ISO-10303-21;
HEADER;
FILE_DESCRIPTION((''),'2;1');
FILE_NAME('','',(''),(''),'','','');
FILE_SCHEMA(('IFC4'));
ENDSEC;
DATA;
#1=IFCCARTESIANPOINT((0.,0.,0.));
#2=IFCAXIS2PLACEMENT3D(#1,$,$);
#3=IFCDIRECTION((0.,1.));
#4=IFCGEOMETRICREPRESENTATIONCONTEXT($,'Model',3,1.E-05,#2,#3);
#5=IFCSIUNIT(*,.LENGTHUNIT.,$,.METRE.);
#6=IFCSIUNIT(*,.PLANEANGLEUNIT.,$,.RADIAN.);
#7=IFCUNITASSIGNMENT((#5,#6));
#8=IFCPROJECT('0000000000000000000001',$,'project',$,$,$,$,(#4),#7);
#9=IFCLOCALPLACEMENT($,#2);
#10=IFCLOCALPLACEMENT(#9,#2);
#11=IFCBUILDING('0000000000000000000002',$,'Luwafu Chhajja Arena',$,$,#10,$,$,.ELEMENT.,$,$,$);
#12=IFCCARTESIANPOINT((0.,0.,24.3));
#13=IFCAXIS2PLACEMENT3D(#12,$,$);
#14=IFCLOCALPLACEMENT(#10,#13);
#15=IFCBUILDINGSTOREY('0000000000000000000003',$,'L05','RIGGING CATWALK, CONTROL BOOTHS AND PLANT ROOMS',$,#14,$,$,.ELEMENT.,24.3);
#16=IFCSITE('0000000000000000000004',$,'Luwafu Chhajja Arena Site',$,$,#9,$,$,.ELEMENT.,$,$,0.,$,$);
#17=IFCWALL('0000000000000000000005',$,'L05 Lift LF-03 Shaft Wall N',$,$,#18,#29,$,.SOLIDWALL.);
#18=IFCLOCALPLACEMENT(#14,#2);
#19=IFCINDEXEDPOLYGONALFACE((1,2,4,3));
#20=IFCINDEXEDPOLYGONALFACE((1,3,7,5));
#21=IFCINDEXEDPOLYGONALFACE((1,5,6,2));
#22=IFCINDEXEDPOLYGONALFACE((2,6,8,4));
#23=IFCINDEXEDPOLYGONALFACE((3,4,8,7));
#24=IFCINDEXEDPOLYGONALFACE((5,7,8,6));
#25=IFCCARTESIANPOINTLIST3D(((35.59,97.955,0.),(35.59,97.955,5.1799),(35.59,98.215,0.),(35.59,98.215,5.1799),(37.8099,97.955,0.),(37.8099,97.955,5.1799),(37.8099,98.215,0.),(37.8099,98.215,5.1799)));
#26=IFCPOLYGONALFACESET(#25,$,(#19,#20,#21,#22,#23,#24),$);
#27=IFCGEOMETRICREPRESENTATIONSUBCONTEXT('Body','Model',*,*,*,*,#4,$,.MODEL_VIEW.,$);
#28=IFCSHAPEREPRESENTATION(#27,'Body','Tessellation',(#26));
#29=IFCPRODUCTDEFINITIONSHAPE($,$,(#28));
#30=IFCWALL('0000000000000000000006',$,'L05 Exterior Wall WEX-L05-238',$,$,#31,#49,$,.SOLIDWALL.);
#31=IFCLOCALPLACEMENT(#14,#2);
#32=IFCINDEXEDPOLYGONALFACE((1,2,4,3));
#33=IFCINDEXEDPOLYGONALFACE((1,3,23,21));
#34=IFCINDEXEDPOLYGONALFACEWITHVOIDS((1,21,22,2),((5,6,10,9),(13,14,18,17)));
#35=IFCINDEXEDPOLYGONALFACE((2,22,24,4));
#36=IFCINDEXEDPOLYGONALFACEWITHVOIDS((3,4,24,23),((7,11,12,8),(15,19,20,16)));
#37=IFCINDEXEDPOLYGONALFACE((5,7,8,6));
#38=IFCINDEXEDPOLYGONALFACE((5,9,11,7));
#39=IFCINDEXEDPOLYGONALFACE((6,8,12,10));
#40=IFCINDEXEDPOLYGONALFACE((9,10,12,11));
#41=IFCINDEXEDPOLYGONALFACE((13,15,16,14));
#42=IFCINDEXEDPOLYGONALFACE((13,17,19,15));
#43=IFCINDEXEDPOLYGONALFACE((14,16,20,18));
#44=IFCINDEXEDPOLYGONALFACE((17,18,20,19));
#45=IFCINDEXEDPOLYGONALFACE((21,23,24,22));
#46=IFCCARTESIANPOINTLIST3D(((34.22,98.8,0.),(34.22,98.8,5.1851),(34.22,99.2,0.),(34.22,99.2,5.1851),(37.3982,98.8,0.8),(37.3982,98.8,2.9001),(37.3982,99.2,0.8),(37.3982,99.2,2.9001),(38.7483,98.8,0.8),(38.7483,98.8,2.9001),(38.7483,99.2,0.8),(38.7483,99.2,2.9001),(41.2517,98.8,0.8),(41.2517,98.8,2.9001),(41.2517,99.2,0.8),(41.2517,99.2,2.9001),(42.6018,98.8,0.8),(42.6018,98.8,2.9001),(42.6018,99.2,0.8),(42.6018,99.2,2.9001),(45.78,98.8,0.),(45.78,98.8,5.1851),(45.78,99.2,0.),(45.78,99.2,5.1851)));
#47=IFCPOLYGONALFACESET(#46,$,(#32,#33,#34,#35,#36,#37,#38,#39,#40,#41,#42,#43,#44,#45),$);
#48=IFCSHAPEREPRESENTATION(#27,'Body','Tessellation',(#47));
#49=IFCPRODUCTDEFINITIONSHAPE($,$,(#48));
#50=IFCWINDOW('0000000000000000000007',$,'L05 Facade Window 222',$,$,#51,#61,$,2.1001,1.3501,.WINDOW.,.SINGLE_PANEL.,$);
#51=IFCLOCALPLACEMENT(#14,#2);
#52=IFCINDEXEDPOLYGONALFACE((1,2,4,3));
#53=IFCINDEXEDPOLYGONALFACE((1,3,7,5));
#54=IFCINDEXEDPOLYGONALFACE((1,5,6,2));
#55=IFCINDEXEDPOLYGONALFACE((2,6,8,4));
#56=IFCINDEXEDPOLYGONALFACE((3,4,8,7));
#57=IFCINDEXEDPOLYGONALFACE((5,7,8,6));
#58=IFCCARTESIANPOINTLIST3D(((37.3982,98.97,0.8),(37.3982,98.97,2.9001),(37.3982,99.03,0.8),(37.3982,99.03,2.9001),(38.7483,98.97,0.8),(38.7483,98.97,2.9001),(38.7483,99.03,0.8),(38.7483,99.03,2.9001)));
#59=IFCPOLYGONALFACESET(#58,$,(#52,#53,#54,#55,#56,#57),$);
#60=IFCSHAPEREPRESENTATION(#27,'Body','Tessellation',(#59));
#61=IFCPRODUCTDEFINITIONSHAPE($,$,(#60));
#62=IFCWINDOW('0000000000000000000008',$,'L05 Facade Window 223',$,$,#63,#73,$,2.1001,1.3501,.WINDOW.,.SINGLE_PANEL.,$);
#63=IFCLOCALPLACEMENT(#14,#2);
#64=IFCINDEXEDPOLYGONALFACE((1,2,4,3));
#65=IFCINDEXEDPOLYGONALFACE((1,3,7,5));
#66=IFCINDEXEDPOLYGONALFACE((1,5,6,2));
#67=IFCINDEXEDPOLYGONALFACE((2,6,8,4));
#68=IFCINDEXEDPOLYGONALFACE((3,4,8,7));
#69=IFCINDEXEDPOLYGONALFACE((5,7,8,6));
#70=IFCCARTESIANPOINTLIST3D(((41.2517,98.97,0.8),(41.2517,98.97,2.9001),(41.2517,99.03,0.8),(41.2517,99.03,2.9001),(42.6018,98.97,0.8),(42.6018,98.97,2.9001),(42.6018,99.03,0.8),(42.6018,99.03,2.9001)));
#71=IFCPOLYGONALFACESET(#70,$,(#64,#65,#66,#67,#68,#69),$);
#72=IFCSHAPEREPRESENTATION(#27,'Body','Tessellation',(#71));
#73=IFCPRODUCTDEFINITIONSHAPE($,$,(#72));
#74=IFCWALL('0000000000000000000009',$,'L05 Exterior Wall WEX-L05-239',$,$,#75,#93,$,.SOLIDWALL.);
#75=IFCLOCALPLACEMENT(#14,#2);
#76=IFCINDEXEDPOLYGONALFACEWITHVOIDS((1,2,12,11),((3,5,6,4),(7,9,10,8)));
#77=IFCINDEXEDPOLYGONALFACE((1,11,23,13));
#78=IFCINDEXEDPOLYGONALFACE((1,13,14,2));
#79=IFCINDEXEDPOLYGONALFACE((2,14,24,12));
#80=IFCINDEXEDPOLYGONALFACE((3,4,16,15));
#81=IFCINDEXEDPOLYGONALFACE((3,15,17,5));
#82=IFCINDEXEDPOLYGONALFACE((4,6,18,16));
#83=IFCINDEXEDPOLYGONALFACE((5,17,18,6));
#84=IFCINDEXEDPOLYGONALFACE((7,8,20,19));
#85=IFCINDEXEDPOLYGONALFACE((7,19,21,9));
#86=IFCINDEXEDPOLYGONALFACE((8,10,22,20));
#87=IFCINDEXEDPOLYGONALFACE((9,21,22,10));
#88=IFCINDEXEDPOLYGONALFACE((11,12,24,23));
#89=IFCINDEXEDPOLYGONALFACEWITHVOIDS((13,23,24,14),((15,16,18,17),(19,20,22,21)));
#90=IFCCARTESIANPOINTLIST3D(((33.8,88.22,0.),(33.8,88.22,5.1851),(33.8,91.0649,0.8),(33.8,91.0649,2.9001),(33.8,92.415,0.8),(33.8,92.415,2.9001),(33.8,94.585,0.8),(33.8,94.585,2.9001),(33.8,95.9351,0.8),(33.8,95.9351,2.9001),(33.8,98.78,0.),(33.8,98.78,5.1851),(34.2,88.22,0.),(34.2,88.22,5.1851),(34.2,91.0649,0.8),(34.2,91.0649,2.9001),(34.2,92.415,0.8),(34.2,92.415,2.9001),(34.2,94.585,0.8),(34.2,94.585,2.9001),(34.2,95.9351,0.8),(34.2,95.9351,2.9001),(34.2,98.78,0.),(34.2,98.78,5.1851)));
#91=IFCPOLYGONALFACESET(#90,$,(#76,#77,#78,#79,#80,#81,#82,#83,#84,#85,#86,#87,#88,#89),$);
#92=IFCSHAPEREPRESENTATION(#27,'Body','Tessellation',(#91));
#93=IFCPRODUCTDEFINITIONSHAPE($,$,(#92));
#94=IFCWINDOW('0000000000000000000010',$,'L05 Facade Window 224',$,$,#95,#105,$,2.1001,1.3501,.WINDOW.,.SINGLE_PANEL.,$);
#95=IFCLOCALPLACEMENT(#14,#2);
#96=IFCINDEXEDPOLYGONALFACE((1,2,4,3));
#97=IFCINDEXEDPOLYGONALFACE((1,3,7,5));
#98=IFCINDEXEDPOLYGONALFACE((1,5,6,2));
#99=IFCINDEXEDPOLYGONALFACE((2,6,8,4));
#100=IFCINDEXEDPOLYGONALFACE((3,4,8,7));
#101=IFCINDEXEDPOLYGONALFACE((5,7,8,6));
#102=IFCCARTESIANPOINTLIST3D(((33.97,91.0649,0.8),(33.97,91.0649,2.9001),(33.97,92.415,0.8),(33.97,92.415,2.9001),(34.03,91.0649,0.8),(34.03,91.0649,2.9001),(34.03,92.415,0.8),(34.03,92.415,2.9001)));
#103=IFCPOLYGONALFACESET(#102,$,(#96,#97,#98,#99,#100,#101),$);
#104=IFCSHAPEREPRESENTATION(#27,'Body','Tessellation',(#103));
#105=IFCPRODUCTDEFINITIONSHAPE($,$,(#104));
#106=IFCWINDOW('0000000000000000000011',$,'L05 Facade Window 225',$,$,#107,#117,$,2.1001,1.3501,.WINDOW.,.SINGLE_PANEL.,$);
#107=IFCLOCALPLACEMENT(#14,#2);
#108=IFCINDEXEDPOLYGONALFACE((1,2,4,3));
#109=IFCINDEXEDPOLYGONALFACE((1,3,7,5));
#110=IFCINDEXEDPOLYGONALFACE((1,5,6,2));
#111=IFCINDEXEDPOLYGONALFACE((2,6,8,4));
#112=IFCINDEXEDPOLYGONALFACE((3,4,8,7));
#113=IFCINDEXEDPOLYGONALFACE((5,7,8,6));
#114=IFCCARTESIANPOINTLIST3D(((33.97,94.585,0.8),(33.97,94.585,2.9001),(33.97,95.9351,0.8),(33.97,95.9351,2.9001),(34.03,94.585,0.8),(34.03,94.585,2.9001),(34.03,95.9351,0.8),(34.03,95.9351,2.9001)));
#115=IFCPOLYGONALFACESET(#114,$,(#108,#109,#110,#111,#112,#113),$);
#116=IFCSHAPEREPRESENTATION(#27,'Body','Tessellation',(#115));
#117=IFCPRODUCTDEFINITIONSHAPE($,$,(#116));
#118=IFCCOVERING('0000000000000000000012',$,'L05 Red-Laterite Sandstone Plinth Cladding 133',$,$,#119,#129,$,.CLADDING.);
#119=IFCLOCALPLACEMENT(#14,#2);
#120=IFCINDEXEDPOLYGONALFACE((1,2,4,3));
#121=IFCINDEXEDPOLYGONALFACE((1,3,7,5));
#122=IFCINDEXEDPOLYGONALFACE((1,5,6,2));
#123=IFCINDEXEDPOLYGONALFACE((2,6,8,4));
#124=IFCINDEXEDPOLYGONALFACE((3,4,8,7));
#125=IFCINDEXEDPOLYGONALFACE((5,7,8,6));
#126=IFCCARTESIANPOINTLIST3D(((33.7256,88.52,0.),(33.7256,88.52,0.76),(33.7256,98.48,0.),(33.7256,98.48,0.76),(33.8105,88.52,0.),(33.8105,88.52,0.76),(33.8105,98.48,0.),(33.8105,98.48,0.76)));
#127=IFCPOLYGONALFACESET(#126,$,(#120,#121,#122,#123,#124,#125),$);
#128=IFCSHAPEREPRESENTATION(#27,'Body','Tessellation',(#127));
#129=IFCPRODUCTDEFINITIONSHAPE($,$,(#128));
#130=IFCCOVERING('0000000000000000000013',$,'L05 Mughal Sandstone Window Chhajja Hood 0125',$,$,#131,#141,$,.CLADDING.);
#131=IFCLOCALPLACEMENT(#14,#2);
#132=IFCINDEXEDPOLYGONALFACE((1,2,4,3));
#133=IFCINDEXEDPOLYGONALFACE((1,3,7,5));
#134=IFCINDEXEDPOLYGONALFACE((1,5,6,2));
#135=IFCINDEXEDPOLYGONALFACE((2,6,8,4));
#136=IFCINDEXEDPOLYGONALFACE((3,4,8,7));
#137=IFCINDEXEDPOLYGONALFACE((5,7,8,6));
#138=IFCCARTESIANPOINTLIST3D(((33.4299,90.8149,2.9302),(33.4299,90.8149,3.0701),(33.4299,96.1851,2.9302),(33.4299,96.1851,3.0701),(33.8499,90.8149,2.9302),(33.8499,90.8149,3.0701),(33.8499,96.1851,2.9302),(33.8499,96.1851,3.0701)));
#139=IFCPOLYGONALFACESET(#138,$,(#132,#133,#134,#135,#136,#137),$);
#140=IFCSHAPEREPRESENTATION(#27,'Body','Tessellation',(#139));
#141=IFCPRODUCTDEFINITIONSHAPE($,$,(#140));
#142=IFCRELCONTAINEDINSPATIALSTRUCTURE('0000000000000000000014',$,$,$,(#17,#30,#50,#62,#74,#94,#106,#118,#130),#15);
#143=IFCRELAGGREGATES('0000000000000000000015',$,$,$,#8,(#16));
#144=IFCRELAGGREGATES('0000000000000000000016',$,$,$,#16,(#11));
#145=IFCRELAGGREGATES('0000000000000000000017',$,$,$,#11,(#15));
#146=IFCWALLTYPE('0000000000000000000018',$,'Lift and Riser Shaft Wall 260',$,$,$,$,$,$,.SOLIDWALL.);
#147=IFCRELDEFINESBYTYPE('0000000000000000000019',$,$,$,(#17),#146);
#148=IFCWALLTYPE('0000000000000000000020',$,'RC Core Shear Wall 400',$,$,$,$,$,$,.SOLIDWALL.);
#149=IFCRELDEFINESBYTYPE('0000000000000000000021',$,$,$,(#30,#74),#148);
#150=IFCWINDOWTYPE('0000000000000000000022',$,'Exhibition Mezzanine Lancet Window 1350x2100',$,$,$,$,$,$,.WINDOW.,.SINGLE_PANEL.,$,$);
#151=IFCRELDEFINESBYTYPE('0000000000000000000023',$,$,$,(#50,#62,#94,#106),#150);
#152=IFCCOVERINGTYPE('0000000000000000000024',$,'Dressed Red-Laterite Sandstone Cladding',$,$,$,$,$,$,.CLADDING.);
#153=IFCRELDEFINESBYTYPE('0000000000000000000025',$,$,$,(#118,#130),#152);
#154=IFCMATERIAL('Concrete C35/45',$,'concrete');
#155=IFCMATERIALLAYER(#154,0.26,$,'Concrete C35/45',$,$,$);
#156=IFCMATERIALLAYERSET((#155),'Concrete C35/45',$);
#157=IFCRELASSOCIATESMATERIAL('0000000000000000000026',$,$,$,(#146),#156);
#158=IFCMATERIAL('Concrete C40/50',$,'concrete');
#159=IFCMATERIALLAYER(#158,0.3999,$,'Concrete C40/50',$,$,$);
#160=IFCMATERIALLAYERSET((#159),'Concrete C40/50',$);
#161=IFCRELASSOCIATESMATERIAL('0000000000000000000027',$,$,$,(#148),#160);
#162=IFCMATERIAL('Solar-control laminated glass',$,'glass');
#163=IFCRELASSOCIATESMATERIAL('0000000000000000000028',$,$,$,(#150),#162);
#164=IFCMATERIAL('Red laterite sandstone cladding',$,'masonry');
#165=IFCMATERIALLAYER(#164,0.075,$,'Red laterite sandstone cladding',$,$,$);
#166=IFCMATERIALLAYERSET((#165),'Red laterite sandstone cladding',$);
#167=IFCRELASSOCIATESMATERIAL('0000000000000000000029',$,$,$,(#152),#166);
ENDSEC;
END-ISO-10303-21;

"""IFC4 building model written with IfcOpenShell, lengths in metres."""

from ifc_helpers import new_model, si_unit, direction, frame, frame_2d, origin, origin_2d, place, context, subcontext, project, spatial, rectangle, extrude, material, layer, layer_set, type_object, element, fill, save


model = new_model("IFC4")

# Units and contexts
model_context = context("Model", 3, precision=1e-05, world=origin(), true_north=direction((0.0, 1.0)))
body_context = subcontext(model_context, "Body", "Model", "MODEL_VIEW")
ifc_project = project(units=[si_unit("LENGTHUNIT", "METRE"), si_unit("PLANEANGLEUNIT", "RADIAN")], contexts=[model_context])

# Site, building, storey
site_placement = place(None, origin())
site = spatial("IfcSite", under=ifc_project, at=site_placement, Name="Luwafu Chhajja Arena Site", CompositionType="ELEMENT", RefElevation=0.0)
building_placement = place(site_placement, origin())
building = spatial("IfcBuilding", under=site, at=building_placement, Name="Luwafu Chhajja Arena", CompositionType="ELEMENT")
storey_placement = place(building_placement, frame((0.0, 0.0, 24.3)))
storey = spatial("IfcBuildingStorey", under=building, at=storey_placement, Name="L05", Description="RIGGING CATWALK, CONTROL BOOTHS AND PLANT ROOMS", CompositionType="ELEMENT", Elevation=24.3)

# Shared definitions
ifc_material_1 = material(Name="Concrete C35/45", Category="concrete")

# Shared definitions
ifc_material_2 = material(Name="Concrete C40/50", Category="concrete")

# Shared definitions
ifc_layer_1 = layer(ifc_material_1, 0.26, Name="Concrete C35/45")
ifc_layer_set_1 = layer_set([ifc_layer_1], Name="Concrete C35/45")
wall_type_1 = type_object("IfcWallType", Name="Lift and Riser Shaft Wall 260", PredefinedType="SOLIDWALL", material=ifc_layer_set_1)

# Wall
wall_1_placement = place(storey_placement, frame((35.5901, 98.085, 0.0), z_axis=(0.0, 0.0, 1.0), x_axis=(1.0, 0.0, 0.0)))
element("IfcWall", 1, at=wall_1_placement, inside=storey, type_object=wall_type_1, Name="L05 Lift LF-03 Shaft Wall N", PredefinedType="SOLIDWALL", context=body_context, shape_type="SweptSolid", body=[
    extrude(rectangle(XDim=2.22, YDim=0.26, at=frame_2d((1.1099, 0.0))), origin(), (0.0, 0.0, 1.0), 5.1799),
])

# Walls, openings, windows
ifc_layer_2 = layer(ifc_material_2, 0.3999, Name="Concrete C40/50")
ifc_layer_set_2 = layer_set([ifc_layer_2], Name="Concrete C40/50")
wall_type_2 = type_object("IfcWallType", Name="RC Core Shear Wall 400", PredefinedType="SOLIDWALL", material=ifc_layer_set_2)
wall_2_placement = place(storey_placement, frame((34.22, 99.0, 0.0), z_axis=(0.0, 0.0, 1.0), x_axis=(1.0, 0.0, 0.0)))
wall_2 = element("IfcWall", 2, at=wall_2_placement, inside=storey, type_object=wall_type_2, Name="L05 Exterior Wall WEX-L05-238", PredefinedType="SOLIDWALL", context=body_context, shape_type="SweptSolid", body=[
    extrude(rectangle(XDim=11.5601, YDim=0.3999, at=frame_2d((5.78, 0.0))), origin(), (0.0, 0.0, 1.0), 5.1851),
])
opening_1_placement = place(wall_2_placement, frame((3.1782, 0.0, 0.8)))
opening_1 = element("IfcOpeningElement", 3, at=opening_1_placement, cuts=wall_2, PredefinedType="OPENING", context=body_context, shape_type="SweptSolid", body=[
    extrude(rectangle(XDim=1.3501, YDim=2.1001, at=frame_2d((0.675, 1.05))), frame((0.0, 0.21, 0.0), z_axis=(0.0, -1.0, 0.0), x_axis=(1.0, 0.0, 0.0)), (0.0, 0.0, 1.0), 0.4199),
])
opening_2_placement = place(wall_2_placement, frame((7.0317, 0.0, 0.8)))
opening_2 = element("IfcOpeningElement", 4, at=opening_2_placement, cuts=wall_2, PredefinedType="OPENING", context=body_context, shape_type="SweptSolid", body=[
    extrude(rectangle(XDim=1.3501, YDim=2.1001, at=frame_2d((0.675, 1.05))), frame((0.0, 0.21, 0.0), z_axis=(0.0, -1.0, 0.0), x_axis=(1.0, 0.0, 0.0)), (0.0, 0.0, 1.0), 0.4199),
])
ifc_material_3 = material(Name="Solar-control laminated glass", Category="glass")
window_type = type_object("IfcWindowType", Name="Exhibition Mezzanine Lancet Window 1350x2100", PartitioningType="SINGLE_PANEL", PredefinedType="WINDOW", material=ifc_material_3)
window_1_placement = place(opening_1_placement, origin())
window_1 = element("IfcWindow", 5, at=window_1_placement, inside=storey, type_object=window_type, Name="L05 Facade Window 222", OverallHeight=2.1001, OverallWidth=1.3501, PartitioningType="SINGLE_PANEL", PredefinedType="WINDOW", context=body_context, shape_type="SweptSolid", body=[
    extrude(rectangle(XDim=1.3501, YDim=2.1001, at=frame_2d((0.675, 1.05))), frame((0.0, 0.03, 0.0), z_axis=(0.0, -1.0, 0.0), x_axis=(1.0, 0.0, 0.0)), (0.0, 0.0, 1.0), 0.0601),
])
fill(opening_1, window_1)
window_2_placement = place(opening_2_placement, origin())
window_2 = element("IfcWindow", 6, at=window_2_placement, inside=storey, type_object=window_type, Name="L05 Facade Window 223", OverallHeight=2.1001, OverallWidth=1.3501, PartitioningType="SINGLE_PANEL", PredefinedType="WINDOW", context=body_context, shape_type="SweptSolid", body=[
    extrude(rectangle(XDim=1.3501, YDim=2.1001, at=frame_2d((0.675, 1.05))), frame((0.0, 0.03, 0.0), z_axis=(0.0, -1.0, 0.0), x_axis=(1.0, 0.0, 0.0)), (0.0, 0.0, 1.0), 0.0601),
])
fill(opening_2, window_2)
wall_3_placement = place(storey_placement, frame((34.0, 88.22, 0.0), z_axis=(0.0, 0.0, 1.0), x_axis=(0.0, 1.0, 0.0)))
wall_3 = element("IfcWall", 7, at=wall_3_placement, inside=storey, type_object=wall_type_2, Name="L05 Exterior Wall WEX-L05-239", PredefinedType="SOLIDWALL", context=body_context, shape_type="SweptSolid", body=[
    extrude(rectangle(XDim=10.5601, YDim=0.3999, at=frame_2d((5.28, 0.0))), origin(), (0.0, 0.0, 1.0), 5.1851),
])
opening_3_placement = place(wall_3_placement, frame((2.845, 0.0, 0.8)))
opening_3 = element("IfcOpeningElement", 8, at=opening_3_placement, cuts=wall_3, PredefinedType="OPENING", context=body_context, shape_type="SweptSolid", body=[
    extrude(rectangle(XDim=1.3501, YDim=2.1001, at=frame_2d((0.675, 1.05))), frame((0.0, 0.21, 0.0), z_axis=(0.0, -1.0, 0.0), x_axis=(1.0, 0.0, 0.0)), (0.0, 0.0, 1.0), 0.4199),
])
opening_4_placement = place(wall_3_placement, frame((6.365, 0.0, 0.8)))
opening_4 = element("IfcOpeningElement", 9, at=opening_4_placement, cuts=wall_3, PredefinedType="OPENING", context=body_context, shape_type="SweptSolid", body=[
    extrude(rectangle(XDim=1.3501, YDim=2.1001, at=frame_2d((0.675, 1.05))), frame((0.0, 0.21, 0.0), z_axis=(0.0, -1.0, 0.0), x_axis=(1.0, 0.0, 0.0)), (0.0, 0.0, 1.0), 0.4199),
])
window_3_placement = place(opening_3_placement, origin())
window_3 = element("IfcWindow", 10, at=window_3_placement, inside=storey, type_object=window_type, Name="L05 Facade Window 224", OverallHeight=2.1001, OverallWidth=1.3501, PartitioningType="SINGLE_PANEL", PredefinedType="WINDOW", context=body_context, shape_type="SweptSolid", body=[
    extrude(rectangle(XDim=1.3501, YDim=2.1001, at=frame_2d((0.675, 1.05))), frame((0.0, 0.03, 0.0), z_axis=(0.0, -1.0, 0.0), x_axis=(1.0, 0.0, 0.0)), (0.0, 0.0, 1.0), 0.0601),
])
fill(opening_3, window_3)
window_4_placement = place(opening_4_placement, origin())
window_4 = element("IfcWindow", 11, at=window_4_placement, inside=storey, type_object=window_type, Name="L05 Facade Window 225", OverallHeight=2.1001, OverallWidth=1.3501, PartitioningType="SINGLE_PANEL", PredefinedType="WINDOW", context=body_context, shape_type="SweptSolid", body=[
    extrude(rectangle(XDim=1.3501, YDim=2.1001, at=frame_2d((0.675, 1.05))), frame((0.0, 0.03, 0.0), z_axis=(0.0, -1.0, 0.0), x_axis=(1.0, 0.0, 0.0)), (0.0, 0.0, 1.0), 0.0601),
])
fill(opening_4, window_4)

# Coverings
ifc_material_4 = material(Name="Red laterite sandstone cladding", Category="masonry")
ifc_layer_3 = layer(ifc_material_4, 0.075, Name="Red laterite sandstone cladding")
ifc_layer_set_3 = layer_set([ifc_layer_3], Name="Red laterite sandstone cladding")
covering_type = type_object("IfcCoveringType", Name="Dressed Red-Laterite Sandstone Cladding", PredefinedType="CLADDING", material=ifc_layer_set_3)
covering_1_placement = place(storey_placement, frame((33.7681, 93.5, 0.0), z_axis=(0.0, 0.0, 1.0), x_axis=(0.0, 1.0, 0.0)))
element("IfcCovering", 12, at=covering_1_placement, inside=storey, type_object=covering_type, Name="L05 Red-Laterite Sandstone Plinth Cladding 133", PredefinedType="CLADDING", context=body_context, shape_type="SweptSolid", body=[
    extrude(rectangle(XDim=9.96, YDim=0.085, at=origin_2d()), origin(), (0.0, 0.0, 1.0), 0.76),
])
covering_2_placement = place(storey_placement, frame((33.6399, 93.5, 2.9302), z_axis=(0.0, 0.0, 1.0), x_axis=(0.0, 1.0, 0.0)))
element("IfcCovering", 13, at=covering_2_placement, inside=storey, type_object=covering_type, Name="L05 Mughal Sandstone Window Chhajja Hood 0125", PredefinedType="CLADDING", context=body_context, shape_type="SweptSolid", body=[
    extrude(rectangle(XDim=5.3701, YDim=0.4199, at=origin_2d()), origin(), (0.0, 0.0, 1.0), 0.1399),
])

save(model, "model.ifc")
